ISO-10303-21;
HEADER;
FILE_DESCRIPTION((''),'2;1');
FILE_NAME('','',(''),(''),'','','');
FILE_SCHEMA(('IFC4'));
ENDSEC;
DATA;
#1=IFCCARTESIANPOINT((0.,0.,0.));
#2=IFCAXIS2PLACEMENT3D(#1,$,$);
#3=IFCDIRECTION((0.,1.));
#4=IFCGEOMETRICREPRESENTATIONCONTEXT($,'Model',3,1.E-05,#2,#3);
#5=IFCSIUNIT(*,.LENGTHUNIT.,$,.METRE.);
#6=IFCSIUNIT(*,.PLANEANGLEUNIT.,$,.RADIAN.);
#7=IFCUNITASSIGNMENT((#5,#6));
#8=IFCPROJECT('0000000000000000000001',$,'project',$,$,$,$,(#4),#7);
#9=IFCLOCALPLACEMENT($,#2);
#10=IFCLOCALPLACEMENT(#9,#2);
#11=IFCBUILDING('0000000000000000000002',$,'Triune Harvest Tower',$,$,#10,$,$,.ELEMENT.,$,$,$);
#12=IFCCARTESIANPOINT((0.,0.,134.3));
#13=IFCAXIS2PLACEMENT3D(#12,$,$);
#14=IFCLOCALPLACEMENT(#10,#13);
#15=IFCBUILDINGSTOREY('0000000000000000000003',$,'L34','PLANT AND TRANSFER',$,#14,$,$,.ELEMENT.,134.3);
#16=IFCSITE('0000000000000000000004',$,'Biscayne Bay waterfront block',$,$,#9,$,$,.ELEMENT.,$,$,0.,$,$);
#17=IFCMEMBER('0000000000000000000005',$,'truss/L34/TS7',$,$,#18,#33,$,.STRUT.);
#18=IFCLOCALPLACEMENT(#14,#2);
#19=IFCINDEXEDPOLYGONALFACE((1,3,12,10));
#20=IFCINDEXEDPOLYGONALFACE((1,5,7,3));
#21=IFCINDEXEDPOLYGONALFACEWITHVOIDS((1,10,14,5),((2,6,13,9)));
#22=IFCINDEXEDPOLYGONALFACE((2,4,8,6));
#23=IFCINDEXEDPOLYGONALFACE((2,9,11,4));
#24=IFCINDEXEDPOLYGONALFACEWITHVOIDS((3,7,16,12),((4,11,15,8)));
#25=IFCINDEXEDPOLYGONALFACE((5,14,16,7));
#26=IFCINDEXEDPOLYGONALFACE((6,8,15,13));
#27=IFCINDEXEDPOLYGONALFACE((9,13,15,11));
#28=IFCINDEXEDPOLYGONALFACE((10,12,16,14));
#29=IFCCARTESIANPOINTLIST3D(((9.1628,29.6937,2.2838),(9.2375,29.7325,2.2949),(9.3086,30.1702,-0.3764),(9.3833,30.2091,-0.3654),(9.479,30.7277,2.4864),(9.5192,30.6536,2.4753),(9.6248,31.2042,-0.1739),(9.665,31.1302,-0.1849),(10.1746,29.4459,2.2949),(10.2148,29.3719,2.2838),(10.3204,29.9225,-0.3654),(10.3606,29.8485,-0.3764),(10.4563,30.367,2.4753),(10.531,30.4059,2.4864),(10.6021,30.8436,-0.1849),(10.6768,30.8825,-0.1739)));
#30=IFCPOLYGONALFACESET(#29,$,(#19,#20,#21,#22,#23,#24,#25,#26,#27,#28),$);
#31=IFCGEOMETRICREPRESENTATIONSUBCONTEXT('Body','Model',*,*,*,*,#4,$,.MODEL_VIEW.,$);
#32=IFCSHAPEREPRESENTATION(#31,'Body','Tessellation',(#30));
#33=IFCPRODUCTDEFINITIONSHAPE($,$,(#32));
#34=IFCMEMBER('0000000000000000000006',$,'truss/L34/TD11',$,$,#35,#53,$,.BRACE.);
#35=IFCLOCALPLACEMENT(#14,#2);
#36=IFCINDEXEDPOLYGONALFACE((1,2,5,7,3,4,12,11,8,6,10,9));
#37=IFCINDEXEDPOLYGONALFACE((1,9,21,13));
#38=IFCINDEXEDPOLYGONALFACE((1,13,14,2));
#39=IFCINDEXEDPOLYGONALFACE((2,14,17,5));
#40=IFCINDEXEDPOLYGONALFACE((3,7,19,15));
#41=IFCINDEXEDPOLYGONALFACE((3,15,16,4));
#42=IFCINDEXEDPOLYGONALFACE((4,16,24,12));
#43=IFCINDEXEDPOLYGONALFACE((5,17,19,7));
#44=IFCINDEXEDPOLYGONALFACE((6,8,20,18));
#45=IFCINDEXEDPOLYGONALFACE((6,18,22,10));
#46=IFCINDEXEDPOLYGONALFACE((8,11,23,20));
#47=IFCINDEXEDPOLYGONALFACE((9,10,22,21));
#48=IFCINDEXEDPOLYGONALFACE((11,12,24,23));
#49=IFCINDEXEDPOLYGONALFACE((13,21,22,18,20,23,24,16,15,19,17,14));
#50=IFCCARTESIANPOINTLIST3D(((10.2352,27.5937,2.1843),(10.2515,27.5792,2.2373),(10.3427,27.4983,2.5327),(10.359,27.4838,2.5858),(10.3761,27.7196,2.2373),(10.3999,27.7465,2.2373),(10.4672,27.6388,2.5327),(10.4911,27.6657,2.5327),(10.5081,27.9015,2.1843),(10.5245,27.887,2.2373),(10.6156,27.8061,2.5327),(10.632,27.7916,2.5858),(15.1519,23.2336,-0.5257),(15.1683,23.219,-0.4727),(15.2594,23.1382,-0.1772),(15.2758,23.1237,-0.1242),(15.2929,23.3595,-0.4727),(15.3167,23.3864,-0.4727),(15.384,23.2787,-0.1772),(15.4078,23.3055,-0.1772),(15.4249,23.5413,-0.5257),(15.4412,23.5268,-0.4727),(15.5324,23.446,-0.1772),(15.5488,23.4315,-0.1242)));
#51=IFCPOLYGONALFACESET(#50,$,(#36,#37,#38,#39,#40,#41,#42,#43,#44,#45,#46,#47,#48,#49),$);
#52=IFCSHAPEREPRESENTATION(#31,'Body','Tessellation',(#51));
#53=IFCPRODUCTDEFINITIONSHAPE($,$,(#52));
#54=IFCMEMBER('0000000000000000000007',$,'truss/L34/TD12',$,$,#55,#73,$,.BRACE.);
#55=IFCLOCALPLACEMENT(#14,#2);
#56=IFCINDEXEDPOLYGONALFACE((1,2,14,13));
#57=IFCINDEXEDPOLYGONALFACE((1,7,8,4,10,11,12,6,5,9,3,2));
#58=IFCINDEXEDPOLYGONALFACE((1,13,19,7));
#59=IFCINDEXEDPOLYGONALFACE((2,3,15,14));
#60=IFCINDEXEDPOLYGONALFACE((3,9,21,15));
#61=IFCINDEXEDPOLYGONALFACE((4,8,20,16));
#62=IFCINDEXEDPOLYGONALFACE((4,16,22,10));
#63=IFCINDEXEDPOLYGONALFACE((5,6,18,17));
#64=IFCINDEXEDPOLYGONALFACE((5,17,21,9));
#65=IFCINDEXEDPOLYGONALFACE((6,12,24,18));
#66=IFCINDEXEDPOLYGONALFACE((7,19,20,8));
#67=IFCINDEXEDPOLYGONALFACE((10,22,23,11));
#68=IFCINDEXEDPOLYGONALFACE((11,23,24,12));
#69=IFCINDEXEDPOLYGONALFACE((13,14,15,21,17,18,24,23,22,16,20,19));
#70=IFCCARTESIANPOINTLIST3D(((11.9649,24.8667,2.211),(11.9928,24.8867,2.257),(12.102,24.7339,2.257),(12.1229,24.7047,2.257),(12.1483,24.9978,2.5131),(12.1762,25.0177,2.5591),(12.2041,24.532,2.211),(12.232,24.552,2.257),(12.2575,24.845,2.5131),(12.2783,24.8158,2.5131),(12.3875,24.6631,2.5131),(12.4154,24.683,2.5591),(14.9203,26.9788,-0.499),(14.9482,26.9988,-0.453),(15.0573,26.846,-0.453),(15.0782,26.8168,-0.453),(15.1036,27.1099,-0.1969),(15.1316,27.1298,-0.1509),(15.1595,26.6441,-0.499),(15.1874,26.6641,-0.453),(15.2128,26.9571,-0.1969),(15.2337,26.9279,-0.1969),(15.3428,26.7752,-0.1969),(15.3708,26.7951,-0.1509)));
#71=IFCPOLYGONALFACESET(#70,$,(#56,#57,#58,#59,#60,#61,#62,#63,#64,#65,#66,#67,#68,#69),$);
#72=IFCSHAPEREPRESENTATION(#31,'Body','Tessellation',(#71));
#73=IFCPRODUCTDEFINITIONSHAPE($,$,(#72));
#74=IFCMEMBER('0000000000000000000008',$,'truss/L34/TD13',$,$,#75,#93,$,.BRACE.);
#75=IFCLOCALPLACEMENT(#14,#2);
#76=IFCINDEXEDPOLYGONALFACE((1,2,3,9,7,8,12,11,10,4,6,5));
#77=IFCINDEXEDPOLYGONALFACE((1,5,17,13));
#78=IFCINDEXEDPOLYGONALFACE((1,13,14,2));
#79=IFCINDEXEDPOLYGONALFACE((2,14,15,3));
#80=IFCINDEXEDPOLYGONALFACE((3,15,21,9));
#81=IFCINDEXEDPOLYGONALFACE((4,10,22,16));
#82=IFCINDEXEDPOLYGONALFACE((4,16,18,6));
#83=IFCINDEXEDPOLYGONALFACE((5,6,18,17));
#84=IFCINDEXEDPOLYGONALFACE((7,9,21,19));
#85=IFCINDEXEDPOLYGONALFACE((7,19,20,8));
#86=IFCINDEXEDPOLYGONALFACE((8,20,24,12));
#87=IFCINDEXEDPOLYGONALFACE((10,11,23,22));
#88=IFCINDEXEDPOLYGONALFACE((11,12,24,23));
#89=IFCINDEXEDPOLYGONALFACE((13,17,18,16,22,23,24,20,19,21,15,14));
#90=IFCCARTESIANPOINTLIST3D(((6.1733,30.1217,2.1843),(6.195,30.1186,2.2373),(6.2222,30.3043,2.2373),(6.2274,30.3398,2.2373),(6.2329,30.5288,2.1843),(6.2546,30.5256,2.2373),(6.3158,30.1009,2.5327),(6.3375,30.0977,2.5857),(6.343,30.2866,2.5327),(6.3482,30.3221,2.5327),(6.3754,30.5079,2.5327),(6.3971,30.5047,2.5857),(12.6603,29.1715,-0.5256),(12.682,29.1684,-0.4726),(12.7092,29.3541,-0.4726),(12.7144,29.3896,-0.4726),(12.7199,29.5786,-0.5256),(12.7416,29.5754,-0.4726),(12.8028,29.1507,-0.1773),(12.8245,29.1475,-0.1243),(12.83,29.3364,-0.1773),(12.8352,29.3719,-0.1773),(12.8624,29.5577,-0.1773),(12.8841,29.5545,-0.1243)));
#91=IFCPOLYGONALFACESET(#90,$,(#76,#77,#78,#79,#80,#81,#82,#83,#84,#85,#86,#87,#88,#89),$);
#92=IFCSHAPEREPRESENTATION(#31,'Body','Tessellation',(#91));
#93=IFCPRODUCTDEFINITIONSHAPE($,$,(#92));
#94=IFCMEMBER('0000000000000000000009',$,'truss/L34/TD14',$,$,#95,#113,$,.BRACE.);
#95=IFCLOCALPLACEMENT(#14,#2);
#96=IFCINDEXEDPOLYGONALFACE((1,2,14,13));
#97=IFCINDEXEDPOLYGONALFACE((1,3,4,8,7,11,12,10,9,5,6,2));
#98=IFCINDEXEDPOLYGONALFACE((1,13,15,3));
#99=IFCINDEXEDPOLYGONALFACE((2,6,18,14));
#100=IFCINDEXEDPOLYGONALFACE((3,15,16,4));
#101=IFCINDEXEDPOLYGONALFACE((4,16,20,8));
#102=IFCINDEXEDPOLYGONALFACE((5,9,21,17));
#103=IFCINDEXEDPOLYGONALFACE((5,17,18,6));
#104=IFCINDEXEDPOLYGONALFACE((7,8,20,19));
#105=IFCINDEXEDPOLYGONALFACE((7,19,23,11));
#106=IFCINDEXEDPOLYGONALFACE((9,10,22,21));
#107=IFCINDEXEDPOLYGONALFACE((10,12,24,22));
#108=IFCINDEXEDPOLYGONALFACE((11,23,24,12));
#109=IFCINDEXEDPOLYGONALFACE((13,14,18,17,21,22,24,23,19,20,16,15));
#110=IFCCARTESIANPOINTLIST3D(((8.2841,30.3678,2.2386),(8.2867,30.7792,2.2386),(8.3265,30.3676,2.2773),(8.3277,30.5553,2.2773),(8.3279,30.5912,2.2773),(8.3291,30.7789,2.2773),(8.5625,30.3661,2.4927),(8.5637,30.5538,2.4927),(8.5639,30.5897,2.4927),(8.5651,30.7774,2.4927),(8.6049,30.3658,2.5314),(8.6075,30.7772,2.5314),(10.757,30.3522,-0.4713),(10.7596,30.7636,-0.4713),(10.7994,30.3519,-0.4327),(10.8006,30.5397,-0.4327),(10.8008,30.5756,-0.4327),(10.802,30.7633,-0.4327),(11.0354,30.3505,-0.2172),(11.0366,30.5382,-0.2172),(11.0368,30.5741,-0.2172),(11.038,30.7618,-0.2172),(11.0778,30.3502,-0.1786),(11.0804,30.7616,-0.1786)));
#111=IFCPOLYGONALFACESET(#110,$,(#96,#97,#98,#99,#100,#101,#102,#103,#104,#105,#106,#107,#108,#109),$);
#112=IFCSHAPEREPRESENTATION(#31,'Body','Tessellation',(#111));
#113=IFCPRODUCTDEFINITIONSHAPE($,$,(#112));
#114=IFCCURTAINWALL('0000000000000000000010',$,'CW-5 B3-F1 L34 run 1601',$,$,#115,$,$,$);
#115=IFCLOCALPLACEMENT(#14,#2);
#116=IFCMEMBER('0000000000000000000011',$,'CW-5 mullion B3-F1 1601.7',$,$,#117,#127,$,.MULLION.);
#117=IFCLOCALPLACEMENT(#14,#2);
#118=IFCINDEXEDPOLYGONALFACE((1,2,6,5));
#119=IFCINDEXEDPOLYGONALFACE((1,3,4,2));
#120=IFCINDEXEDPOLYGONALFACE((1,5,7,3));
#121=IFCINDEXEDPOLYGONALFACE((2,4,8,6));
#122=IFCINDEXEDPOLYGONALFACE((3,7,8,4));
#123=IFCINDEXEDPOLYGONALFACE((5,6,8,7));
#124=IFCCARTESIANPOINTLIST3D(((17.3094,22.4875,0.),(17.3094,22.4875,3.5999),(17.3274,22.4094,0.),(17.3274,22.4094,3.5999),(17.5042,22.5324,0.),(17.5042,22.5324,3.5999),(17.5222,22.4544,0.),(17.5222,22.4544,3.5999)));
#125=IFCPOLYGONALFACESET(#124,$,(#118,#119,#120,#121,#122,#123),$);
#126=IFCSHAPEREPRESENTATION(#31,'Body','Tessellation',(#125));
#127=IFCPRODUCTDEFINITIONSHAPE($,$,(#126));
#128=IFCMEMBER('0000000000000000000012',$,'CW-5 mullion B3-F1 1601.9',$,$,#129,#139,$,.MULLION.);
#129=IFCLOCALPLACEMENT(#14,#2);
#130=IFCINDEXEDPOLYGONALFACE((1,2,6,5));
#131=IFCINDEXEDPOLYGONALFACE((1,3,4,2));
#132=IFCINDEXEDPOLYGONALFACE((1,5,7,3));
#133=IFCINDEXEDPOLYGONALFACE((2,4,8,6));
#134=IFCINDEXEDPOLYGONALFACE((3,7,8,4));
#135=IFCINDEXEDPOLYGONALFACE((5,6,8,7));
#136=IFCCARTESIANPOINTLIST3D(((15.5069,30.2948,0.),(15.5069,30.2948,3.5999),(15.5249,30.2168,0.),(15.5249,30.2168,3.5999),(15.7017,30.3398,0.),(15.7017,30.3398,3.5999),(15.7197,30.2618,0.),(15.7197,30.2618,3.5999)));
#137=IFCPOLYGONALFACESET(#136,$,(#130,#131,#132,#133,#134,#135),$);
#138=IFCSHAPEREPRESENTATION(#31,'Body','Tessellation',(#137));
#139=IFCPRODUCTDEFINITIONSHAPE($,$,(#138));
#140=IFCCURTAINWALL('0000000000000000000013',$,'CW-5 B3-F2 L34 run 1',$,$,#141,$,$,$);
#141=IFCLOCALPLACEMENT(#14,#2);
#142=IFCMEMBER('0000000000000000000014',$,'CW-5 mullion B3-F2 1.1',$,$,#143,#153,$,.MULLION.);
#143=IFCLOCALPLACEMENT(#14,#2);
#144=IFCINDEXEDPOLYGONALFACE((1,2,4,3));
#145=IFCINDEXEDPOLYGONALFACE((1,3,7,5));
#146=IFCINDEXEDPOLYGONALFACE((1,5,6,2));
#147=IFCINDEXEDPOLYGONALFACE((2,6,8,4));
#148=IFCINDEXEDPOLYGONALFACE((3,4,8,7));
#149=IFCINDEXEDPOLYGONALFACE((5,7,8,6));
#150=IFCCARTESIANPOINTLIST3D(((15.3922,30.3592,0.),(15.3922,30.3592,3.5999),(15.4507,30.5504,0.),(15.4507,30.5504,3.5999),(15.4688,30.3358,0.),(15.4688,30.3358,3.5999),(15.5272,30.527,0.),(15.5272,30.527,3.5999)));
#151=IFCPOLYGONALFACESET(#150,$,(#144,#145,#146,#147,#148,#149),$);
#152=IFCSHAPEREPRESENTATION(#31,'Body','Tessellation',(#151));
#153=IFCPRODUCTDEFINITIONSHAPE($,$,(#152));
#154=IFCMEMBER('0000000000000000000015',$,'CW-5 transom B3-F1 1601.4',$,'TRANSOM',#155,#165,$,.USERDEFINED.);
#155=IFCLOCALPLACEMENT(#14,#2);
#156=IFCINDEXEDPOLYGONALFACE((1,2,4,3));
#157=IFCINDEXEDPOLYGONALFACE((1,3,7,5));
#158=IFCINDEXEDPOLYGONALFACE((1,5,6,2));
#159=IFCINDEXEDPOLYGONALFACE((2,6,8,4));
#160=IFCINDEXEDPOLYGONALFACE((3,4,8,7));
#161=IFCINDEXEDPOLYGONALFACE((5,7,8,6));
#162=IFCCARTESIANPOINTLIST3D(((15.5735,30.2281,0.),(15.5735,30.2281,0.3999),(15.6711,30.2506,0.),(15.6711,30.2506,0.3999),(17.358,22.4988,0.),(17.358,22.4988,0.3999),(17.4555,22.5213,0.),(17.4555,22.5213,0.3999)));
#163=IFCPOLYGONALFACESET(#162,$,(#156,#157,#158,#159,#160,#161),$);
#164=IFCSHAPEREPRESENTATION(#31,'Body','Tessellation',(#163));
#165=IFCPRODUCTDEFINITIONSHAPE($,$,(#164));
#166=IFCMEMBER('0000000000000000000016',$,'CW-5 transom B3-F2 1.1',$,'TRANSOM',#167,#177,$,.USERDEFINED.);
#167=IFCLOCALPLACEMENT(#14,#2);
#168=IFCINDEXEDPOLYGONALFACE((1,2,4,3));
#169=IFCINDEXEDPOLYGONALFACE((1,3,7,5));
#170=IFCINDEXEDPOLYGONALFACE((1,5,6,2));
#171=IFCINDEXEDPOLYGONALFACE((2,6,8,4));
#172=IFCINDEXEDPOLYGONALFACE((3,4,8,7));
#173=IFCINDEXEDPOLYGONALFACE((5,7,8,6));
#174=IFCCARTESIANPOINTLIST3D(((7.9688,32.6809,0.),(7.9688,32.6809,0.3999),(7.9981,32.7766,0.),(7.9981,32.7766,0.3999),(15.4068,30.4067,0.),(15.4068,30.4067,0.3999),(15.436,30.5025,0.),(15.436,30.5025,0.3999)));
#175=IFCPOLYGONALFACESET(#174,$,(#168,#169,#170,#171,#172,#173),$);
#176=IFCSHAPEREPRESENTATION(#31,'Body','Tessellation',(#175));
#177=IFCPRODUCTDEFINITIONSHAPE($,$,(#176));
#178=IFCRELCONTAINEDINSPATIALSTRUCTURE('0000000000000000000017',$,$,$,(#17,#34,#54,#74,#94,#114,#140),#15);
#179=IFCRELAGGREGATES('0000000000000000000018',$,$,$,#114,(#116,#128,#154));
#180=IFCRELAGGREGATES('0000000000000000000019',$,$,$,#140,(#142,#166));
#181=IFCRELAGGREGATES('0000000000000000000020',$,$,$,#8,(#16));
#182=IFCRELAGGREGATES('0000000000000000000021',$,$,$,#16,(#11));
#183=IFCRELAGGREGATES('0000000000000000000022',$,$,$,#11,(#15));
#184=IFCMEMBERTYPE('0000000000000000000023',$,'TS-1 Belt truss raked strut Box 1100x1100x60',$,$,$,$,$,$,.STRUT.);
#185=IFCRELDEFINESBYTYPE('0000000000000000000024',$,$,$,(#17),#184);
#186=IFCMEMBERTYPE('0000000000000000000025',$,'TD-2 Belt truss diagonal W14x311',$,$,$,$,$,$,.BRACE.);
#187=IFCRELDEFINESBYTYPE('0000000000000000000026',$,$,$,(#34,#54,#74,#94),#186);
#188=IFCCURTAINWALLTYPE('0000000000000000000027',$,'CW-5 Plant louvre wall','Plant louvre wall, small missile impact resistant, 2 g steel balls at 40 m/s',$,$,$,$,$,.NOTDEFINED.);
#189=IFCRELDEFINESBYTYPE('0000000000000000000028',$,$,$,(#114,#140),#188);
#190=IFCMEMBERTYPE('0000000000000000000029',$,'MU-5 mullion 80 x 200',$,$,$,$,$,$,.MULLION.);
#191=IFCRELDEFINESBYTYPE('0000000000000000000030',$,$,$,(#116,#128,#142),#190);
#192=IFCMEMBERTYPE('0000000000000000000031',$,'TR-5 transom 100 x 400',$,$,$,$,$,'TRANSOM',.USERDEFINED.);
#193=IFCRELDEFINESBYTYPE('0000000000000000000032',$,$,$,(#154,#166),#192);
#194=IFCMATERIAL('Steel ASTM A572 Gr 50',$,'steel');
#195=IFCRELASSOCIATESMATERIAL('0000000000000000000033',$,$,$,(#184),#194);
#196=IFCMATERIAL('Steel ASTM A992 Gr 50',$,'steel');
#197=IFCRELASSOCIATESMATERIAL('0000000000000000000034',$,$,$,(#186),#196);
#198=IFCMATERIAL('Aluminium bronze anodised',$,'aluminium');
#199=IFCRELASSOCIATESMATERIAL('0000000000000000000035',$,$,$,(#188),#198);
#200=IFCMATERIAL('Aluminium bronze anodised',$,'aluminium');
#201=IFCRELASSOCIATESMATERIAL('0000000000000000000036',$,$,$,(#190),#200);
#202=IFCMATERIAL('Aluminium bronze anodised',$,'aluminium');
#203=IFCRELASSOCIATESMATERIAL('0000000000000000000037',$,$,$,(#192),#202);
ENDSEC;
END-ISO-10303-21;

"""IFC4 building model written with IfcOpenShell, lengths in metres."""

from ifc_helpers import new_model, si_unit, direction, frame, origin, origin_2d, place, context, subcontext, project, spatial, rectangle, hollow_rectangle, i_section, extrude, source, transform, mapped, material, material_profile, profile_set, type_object, element, aggregate, save


model = new_model("IFC4")

# Units and contexts
model_context = context("Model", 3, precision=1e-05, world=origin(), true_north=direction((0.0, 1.0)))
body_context = subcontext(model_context, "Body", "Model", "MODEL_VIEW")
ifc_project = project(units=[si_unit("LENGTHUNIT", "METRE"), si_unit("PLANEANGLEUNIT", "RADIAN")], contexts=[model_context])

# Site, building, storey
site_placement = place(None, origin())
site = spatial("IfcSite", under=ifc_project, at=site_placement, Name="Biscayne Bay waterfront block", CompositionType="ELEMENT", RefElevation=0.0)
building_placement = place(site_placement, origin())
building = spatial("IfcBuilding", under=site, at=building_placement, Name="Triune Harvest Tower", CompositionType="ELEMENT")
storey_placement = place(building_placement, frame((0.0, 0.0, 134.3)))
storey = spatial("IfcBuildingStorey", under=building, at=storey_placement, Name="L34", Description="PLANT AND TRANSFER", CompositionType="ELEMENT", Elevation=134.3)

# Members
ifc_material_1 = material(Name="Steel ASTM A572 Gr 50", Category="steel")
ifc_material_profile_1 = material_profile(ifc_material_1, hollow_rectangle(XDim=1.1001, YDim=1.1001, WallThickness=0.0601, at=origin_2d()), Name="Box 1100x1100x60")
ifc_profile_set_1 = profile_set([ifc_material_profile_1], Name="Steel ASTM A572 Gr 50")
member_type_1 = type_object("IfcMemberType", Name="TS-1 Belt truss raked strut Box 1100x1100x60", PredefinedType="STRUT", material=ifc_profile_set_1)
shared_shape_1 = source(origin(), body_context, "Body", "SweptSolid", [
    extrude(hollow_rectangle(XDim=1.1001, YDim=1.1001, WallThickness=0.0601, at=origin_2d()), origin(), (0.0, 0.0, 1.0), 2.7065),
])
member_1_placement = place(storey_placement, frame((9.9927, 30.5264, -0.2751), z_axis=(-0.053854, -0.176085, 0.982901), x_axis=(0.956275, -0.292467, 0.0)))
element("IfcMember", 1, at=member_1_placement, inside=storey, type_object=member_type_1, Name="truss/L34/TS7", PredefinedType="STRUT", context=body_context, shape_type="MappedRepresentation", body=[
    mapped(shared_shape_1, transform((0.0, 0.0, 0.0), scale=1.0)),
])
ifc_material_2 = material(Name="Steel ASTM A992 Gr 50", Category="steel")
ifc_material_profile_2 = material_profile(ifc_material_2, i_section(OverallWidth=0.4114, OverallDepth=0.4343, WebThickness=0.0359, FlangeThickness=0.0574, at=origin_2d()), Name="W14x311")
ifc_profile_set_2 = profile_set([ifc_material_profile_2], Name="Steel ASTM A992 Gr 50")
member_type_2 = type_object("IfcMemberType", Name="TD-2 Belt truss diagonal W14x311", PredefinedType="BRACE", material=ifc_profile_set_2)
shared_shape_2 = source(origin(), body_context, "Body", "SweptSolid", [
    extrude(i_section(OverallWidth=0.4114, OverallDepth=0.4343, WebThickness=0.0359, FlangeThickness=0.0574, at=origin_2d()), origin(), (0.0, 0.0, 1.0), 7.1084),
])
member_2_placement = place(storey_placement, frame((15.3503, 23.3325, -0.325), z_axis=(-0.691685, 0.613377, 0.381236), x_axis=(-0.663485, -0.74819, 0.0)))
element("IfcMember", 2, at=member_2_placement, inside=storey, type_object=member_type_2, Name="truss/L34/TD11", PredefinedType="BRACE", context=body_context, shape_type="MappedRepresentation", body=[
    mapped(shared_shape_2, transform((0.0, 0.0, 0.0), scale=1.0)),
])
shared_shape_3 = source(origin(), body_context, "Body", "SweptSolid", [
    extrude(i_section(OverallWidth=0.4114, OverallDepth=0.4343, WebThickness=0.0359, FlangeThickness=0.0574, at=origin_2d()), origin(), (0.0, 0.0, 1.0), 4.532),
])
member_3_placement = place(storey_placement, frame((15.1455, 26.887, -0.325), z_axis=(-0.652108, -0.466037, 0.597967), x_axis=(0.581442, -0.813588, 0.0)))
element("IfcMember", 3, at=member_3_placement, inside=storey, type_object=member_type_2, Name="truss/L34/TD12", PredefinedType="BRACE", context=body_context, shape_type="MappedRepresentation", body=[
    mapped(shared_shape_3, transform((0.0, 0.0, 0.0), scale=1.0)),
])
shared_shape_4 = source(origin(), body_context, "Body", "SweptSolid", [
    extrude(i_section(OverallWidth=0.4114, OverallDepth=0.4343, WebThickness=0.0359, FlangeThickness=0.0574, at=origin_2d()), origin(), (0.0, 0.0, 1.0), 7.0942),
])
member_4_placement = place(storey_placement, frame((12.7722, 29.363, -0.325), z_axis=(-0.914408, 0.133938, 0.381993), x_axis=(-0.144929, -0.989442, 0.0)))
element("IfcMember", 4, at=member_4_placement, inside=storey, type_object=member_type_2, Name="truss/L34/TD13", PredefinedType="BRACE", context=body_context, shape_type="MappedRepresentation", body=[
    mapped(shared_shape_4, transform((0.0, 0.0, 0.0), scale=1.0)),
])
shared_shape_5 = source(origin(), body_context, "Body", "SweptSolid", [
    extrude(i_section(OverallWidth=0.4114, OverallDepth=0.4343, WebThickness=0.0359, FlangeThickness=0.0574, at=origin_2d()), origin(), (0.0, 0.0, 1.0), 3.6687),
])
member_5_placement = place(storey_placement, frame((10.9187, 30.5569, -0.325), z_axis=(-0.674053, 0.004259, 0.73867), x_axis=(-0.006318, -0.99998, 0.0)))
element("IfcMember", 5, at=member_5_placement, inside=storey, type_object=member_type_2, Name="truss/L34/TD14", PredefinedType="BRACE", context=body_context, shape_type="MappedRepresentation", body=[
    mapped(shared_shape_5, transform((0.0, 0.0, 0.0), scale=1.0)),
])

# Curtain wall, members
ifc_material_3 = material(Name="Aluminium bronze anodised", Category="aluminium")
curtain_wall_type = type_object("IfcCurtainWallType", Name="CW-5 Plant louvre wall", Description="Plant louvre wall, small missile impact resistant, 2 g steel balls at 40 m/s", PredefinedType="NOTDEFINED", material=ifc_material_3)
curtain_wall_1_placement = place(storey_placement, origin())
curtain_wall_1 = element("IfcCurtainWall", 6, at=curtain_wall_1_placement, inside=storey, type_object=curtain_wall_type, Name="CW-5 B3-F1 L34 run 1601")
ifc_material_4 = material(Name="Aluminium bronze anodised", Category="aluminium")
ifc_material_profile_3 = material_profile(ifc_material_4, rectangle(XDim=0.2, YDim=0.0801, at=origin_2d()), Name="MU-5 mullion 80 x 200")
ifc_profile_set_3 = profile_set([ifc_material_profile_3], Name="Aluminium bronze anodised")
member_type_3 = type_object("IfcMemberType", Name="MU-5 mullion 80 x 200", PredefinedType="MULLION", material=ifc_profile_set_3)
shared_shape_6 = source(origin(), body_context, "Body", "SweptSolid", [
    extrude(rectangle(XDim=0.2, YDim=0.0801, at=origin_2d()), origin(), (0.0, 0.0, 1.0), 3.5999),
])
member_6_placement = place(storey_placement, frame((17.4158, 22.4709, 0.0), z_axis=(0.0, 0.0, 1.0), x_axis=(-0.97437, -0.224951, 0.0)))
member_6 = element("IfcMember", 7, at=member_6_placement, type_object=member_type_3, Name="CW-5 mullion B3-F1 1601.7", PredefinedType="MULLION", context=body_context, shape_type="MappedRepresentation", body=[
    mapped(shared_shape_6, transform((0.0, 0.0, 0.0), scale=1.0)),
])
member_7_placement = place(storey_placement, frame((15.6133, 30.2783, 0.0), z_axis=(0.0, 0.0, 1.0), x_axis=(-0.97437, -0.224951, 0.0)))
member_7 = element("IfcMember", 8, at=member_7_placement, type_object=member_type_3, Name="CW-5 mullion B3-F1 1601.9", PredefinedType="MULLION", context=body_context, shape_type="MappedRepresentation", body=[
    mapped(shared_shape_6, transform((0.0, 0.0, 0.0), scale=1.0)),
])

# Curtain wall, member
curtain_wall_2_placement = place(storey_placement, origin())
curtain_wall_2 = element("IfcCurtainWall", 9, at=curtain_wall_2_placement, inside=storey, type_object=curtain_wall_type, Name="CW-5 B3-F2 L34 run 1")
member_8_placement = place(storey_placement, frame((15.4597, 30.4431, 0.0), z_axis=(0.0, 0.0, 1.0), x_axis=(-0.292377, -0.956303, 0.0)))
member_8 = element("IfcMember", 10, at=member_8_placement, type_object=member_type_3, Name="CW-5 mullion B3-F2 1.1", PredefinedType="MULLION", context=body_context, shape_type="MappedRepresentation", body=[
    mapped(shared_shape_6, transform((0.0, 0.0, 0.0), scale=1.0)),
])

# Members
ifc_material_5 = material(Name="Aluminium bronze anodised", Category="aluminium")
ifc_material_profile_4 = material_profile(ifc_material_5, rectangle(XDim=0.1001, YDim=0.3999, at=origin_2d()), Name="TR-5 transom 100 x 400")
ifc_profile_set_4 = profile_set([ifc_material_profile_4], Name="Aluminium bronze anodised")
member_type_4 = type_object("IfcMemberType", Name="TR-5 transom 100 x 400", ElementType="TRANSOM", PredefinedType="USERDEFINED", material=ifc_profile_set_4)
shared_shape_7 = source(origin(), body_context, "Body", "SweptSolid", [
    extrude(rectangle(XDim=0.1001, YDim=0.3999, at=origin_2d()), origin(), (0.0, 0.0, 1.0), 7.9326),
])
member_9_placement = place(storey_placement, frame((17.4067, 22.51, 0.2), z_axis=(-0.224949, 0.97437, 0.0), x_axis=(-0.97437, -0.224949, 0.0)))
member_9 = element("IfcMember", 11, at=member_9_placement, type_object=member_type_4, Name="CW-5 transom B3-F1 1601.4", ObjectType="TRANSOM", PredefinedType="USERDEFINED", context=body_context, shape_type="MappedRepresentation", body=[
    mapped(shared_shape_7, transform((0.0, 0.0, 0.0), scale=1.0)),
])
shared_shape_8 = source(origin(), body_context, "Body", "SweptSolid", [
    extrude(rectangle(XDim=0.1001, YDim=0.3999, at=origin_2d()), origin(), (0.0, 0.0, 1.0), 7.7778),
])
member_10_placement = place(storey_placement, frame((15.4214, 30.4546, 0.2), z_axis=(-0.956299, 0.292389, 0.0), x_axis=(-0.292389, -0.956299, 0.0)))
member_10 = element("IfcMember", 12, at=member_10_placement, type_object=member_type_4, Name="CW-5 transom B3-F2 1.1", ObjectType="TRANSOM", PredefinedType="USERDEFINED", context=body_context, shape_type="MappedRepresentation", body=[
    mapped(shared_shape_8, transform((0.0, 0.0, 0.0), scale=1.0)),
])

aggregate(curtain_wall_1, [member_6, member_7, member_9])
aggregate(curtain_wall_2, [member_8, member_10])

save(model, "model.ifc")
